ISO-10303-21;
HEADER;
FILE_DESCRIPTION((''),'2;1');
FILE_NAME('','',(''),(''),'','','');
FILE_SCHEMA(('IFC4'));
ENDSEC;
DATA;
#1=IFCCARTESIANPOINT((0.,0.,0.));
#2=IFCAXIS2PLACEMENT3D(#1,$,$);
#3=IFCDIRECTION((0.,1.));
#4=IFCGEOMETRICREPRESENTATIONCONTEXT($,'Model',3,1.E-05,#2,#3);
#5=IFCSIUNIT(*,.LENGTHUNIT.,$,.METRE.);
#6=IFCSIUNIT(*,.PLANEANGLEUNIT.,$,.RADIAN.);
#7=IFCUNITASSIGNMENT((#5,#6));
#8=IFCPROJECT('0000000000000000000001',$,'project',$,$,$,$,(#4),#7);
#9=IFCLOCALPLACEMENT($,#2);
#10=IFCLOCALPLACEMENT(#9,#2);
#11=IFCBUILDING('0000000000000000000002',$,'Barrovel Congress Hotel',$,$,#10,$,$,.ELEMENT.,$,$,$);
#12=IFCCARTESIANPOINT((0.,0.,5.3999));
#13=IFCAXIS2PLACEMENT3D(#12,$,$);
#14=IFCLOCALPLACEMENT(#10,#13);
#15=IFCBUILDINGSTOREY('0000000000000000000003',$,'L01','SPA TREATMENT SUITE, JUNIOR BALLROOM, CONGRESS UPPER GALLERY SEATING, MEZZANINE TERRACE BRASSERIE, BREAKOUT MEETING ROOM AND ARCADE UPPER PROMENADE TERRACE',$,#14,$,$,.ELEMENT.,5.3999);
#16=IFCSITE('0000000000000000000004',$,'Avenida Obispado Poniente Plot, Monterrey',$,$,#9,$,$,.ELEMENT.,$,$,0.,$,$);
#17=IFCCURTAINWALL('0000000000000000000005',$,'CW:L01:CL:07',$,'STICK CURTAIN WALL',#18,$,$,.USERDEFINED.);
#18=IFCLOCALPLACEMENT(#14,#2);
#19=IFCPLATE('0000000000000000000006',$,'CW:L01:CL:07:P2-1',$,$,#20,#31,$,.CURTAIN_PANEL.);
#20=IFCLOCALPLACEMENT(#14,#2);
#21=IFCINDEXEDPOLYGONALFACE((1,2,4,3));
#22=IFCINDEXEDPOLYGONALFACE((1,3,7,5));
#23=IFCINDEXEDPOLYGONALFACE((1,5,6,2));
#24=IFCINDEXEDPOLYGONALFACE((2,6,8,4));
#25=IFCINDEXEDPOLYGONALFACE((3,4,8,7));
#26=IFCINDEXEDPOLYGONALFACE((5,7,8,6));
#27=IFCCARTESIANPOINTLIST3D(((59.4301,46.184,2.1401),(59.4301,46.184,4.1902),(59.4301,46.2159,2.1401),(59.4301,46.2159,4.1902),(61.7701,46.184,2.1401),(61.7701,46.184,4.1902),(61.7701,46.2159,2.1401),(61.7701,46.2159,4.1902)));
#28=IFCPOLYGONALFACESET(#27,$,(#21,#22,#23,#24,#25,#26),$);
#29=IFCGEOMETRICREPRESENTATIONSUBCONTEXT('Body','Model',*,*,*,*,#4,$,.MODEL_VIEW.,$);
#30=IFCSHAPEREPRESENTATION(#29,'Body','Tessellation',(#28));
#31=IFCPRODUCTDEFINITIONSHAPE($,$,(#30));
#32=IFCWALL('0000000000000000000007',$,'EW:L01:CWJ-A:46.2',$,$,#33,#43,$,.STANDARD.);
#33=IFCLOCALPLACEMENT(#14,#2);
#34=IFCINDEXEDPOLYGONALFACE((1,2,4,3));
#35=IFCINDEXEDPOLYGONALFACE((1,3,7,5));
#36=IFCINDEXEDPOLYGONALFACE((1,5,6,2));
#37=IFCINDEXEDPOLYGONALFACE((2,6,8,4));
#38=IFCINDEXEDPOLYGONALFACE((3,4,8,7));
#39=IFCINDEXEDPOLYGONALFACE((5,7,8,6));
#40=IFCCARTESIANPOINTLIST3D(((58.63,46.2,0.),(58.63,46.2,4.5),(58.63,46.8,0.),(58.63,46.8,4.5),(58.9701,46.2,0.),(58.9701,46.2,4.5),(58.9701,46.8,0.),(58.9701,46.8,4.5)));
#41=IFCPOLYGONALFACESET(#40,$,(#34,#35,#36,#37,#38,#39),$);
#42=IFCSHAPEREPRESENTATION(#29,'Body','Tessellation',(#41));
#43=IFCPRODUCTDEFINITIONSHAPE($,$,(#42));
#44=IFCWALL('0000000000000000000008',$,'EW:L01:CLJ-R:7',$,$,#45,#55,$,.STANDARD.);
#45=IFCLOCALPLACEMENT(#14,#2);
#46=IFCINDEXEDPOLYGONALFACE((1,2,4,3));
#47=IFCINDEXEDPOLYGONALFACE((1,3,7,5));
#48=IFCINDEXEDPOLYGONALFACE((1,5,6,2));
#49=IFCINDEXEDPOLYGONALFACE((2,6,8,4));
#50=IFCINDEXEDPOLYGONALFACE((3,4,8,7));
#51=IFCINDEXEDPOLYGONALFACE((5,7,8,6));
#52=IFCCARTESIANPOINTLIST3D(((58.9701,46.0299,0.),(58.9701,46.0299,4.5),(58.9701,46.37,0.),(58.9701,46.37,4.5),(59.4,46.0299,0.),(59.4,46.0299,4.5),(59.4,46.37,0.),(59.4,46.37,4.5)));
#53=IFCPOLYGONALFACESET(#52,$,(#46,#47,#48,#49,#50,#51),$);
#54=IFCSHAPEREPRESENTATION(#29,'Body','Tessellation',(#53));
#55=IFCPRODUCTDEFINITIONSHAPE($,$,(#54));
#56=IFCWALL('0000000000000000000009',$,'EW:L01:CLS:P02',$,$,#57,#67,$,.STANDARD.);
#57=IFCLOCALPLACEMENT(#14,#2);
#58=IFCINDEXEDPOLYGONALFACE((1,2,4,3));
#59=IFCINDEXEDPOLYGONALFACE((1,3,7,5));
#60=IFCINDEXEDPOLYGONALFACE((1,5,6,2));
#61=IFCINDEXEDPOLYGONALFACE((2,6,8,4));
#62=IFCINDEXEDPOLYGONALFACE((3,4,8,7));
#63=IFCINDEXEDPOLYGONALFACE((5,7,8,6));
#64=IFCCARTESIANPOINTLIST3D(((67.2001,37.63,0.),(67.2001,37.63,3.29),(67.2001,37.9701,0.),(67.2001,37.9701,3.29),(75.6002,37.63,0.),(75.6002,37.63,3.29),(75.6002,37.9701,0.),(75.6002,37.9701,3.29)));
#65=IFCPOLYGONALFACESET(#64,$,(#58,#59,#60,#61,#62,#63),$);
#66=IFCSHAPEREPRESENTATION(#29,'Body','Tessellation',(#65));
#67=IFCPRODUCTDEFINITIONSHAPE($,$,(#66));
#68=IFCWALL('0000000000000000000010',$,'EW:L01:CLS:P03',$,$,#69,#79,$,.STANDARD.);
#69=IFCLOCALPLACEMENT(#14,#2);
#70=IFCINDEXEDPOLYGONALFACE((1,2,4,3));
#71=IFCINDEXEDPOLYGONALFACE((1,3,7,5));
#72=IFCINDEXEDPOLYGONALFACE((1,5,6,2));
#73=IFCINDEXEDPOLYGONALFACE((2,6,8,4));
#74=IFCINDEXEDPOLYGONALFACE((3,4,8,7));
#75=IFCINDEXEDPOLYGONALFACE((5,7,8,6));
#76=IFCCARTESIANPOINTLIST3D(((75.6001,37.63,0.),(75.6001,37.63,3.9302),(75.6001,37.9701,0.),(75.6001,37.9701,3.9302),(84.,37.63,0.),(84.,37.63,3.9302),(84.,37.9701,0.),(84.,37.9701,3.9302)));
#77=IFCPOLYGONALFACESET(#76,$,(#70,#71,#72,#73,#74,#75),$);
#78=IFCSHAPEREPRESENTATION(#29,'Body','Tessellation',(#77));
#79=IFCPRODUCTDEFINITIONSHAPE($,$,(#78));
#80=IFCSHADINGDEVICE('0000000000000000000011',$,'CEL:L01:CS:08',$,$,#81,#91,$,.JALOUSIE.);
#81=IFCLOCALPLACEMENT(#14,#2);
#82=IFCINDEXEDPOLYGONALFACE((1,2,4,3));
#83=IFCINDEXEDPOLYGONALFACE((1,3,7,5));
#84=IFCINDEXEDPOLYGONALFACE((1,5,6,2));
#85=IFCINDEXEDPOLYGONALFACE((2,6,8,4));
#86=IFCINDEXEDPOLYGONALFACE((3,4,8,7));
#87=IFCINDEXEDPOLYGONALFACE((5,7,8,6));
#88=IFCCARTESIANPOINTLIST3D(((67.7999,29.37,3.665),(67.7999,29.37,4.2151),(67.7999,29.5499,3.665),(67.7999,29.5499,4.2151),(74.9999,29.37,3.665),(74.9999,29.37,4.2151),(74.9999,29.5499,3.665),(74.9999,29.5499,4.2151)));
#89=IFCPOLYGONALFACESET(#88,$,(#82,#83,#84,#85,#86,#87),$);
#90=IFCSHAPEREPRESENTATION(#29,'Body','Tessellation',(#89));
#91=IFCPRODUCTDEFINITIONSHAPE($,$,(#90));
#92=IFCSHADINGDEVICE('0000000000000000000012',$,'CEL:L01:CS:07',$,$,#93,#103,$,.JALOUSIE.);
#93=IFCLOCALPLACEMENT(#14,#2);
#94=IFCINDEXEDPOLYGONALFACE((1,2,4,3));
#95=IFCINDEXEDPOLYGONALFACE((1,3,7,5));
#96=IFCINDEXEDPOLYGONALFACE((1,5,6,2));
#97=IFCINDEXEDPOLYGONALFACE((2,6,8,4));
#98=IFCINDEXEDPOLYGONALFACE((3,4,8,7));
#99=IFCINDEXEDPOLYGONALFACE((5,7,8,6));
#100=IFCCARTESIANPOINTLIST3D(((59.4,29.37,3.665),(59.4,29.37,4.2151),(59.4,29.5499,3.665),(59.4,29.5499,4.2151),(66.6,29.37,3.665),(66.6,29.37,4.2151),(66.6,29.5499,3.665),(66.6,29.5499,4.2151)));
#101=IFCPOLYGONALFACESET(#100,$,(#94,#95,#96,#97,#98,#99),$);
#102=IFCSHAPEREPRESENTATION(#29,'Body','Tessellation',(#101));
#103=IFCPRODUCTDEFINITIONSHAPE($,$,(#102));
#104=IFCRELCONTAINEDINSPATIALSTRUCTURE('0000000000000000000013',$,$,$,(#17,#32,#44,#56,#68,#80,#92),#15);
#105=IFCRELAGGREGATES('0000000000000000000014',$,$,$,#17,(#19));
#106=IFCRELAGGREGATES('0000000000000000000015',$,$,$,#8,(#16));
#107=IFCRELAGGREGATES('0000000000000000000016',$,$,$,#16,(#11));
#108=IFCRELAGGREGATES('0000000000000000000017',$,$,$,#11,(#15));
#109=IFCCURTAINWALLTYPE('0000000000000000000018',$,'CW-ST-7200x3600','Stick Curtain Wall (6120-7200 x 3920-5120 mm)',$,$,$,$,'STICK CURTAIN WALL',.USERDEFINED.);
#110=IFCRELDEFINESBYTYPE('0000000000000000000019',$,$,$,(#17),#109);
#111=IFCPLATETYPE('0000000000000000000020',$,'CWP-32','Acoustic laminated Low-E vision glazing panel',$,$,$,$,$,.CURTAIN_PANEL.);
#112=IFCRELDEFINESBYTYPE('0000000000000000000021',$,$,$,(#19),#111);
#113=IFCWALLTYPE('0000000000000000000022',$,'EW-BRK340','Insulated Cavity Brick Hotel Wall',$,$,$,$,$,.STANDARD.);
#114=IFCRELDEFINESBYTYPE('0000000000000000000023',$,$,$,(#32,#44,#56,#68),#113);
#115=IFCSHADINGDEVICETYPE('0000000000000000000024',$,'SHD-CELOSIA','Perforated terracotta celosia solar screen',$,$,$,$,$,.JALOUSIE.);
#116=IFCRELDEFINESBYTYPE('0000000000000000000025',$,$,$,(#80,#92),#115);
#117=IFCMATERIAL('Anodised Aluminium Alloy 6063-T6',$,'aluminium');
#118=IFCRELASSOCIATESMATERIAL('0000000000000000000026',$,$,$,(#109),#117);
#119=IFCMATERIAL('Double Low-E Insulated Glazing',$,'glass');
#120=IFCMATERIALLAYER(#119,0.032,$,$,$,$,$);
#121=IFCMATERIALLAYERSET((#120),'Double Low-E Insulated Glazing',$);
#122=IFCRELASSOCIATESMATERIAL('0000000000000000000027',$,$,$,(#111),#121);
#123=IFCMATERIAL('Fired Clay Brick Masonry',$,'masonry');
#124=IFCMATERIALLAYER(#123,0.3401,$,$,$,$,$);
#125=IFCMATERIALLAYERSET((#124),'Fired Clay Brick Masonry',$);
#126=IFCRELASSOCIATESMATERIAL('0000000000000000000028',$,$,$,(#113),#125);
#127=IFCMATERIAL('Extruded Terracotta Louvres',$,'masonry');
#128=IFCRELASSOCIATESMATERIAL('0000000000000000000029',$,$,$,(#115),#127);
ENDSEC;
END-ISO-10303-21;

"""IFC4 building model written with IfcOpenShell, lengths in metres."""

from ifc_helpers import new_model, si_unit, direction, frame, frame_2d, origin, origin_2d, place, context, subcontext, project, spatial, rectangle, extrude, material, layer, layer_set, type_object, element, aggregate, save


model = new_model("IFC4")

# Units and contexts
model_context = context("Model", 3, precision=1e-05, world=origin(), true_north=direction((0.0, 1.0)))
body_context = subcontext(model_context, "Body", "Model", "MODEL_VIEW")
ifc_project = project(units=[si_unit("LENGTHUNIT", "METRE"), si_unit("PLANEANGLEUNIT", "RADIAN")], contexts=[model_context])

# Site, building, storey
site_placement = place(None, origin())
site = spatial("IfcSite", under=ifc_project, at=site_placement, Name="Avenida Obispado Poniente Plot, Monterrey", CompositionType="ELEMENT", RefElevation=0.0)
building_placement = place(site_placement, origin())
building = spatial("IfcBuilding", under=site, at=building_placement, Name="Barrovel Congress Hotel", CompositionType="ELEMENT")
storey_placement = place(building_placement, frame((0.0, 0.0, 5.3999)))
storey = spatial("IfcBuildingStorey", under=building, at=storey_placement, Name="L01", Description="SPA TREATMENT SUITE, JUNIOR BALLROOM, CONGRESS UPPER GALLERY SEATING, MEZZANINE TERRACE BRASSERIE, BREAKOUT MEETING ROOM AND ARCADE UPPER PROMENADE TERRACE", CompositionType="ELEMENT", Elevation=5.3999)

# Curtain wall
ifc_material_1 = material(Name="Anodised Aluminium Alloy 6063-T6", Category="aluminium")
curtain_wall_type = type_object("IfcCurtainWallType", Name="CW-ST-7200x3600", Description="Stick Curtain Wall (6120-7200 x 3920-5120 mm)", ElementType="STICK CURTAIN WALL", PredefinedType="USERDEFINED", material=ifc_material_1)
curtain_wall_placement = place(storey_placement, origin())
curtain_wall = element("IfcCurtainWall", 1, at=curtain_wall_placement, inside=storey, type_object=curtain_wall_type, Name="CW:L01:CL:07", ObjectType="STICK CURTAIN WALL", PredefinedType="USERDEFINED")

# Plate
ifc_material_2 = material(Name="Double Low-E Insulated Glazing", Category="glass")
ifc_layer_1 = layer(ifc_material_2, 0.032)
ifc_layer_set_1 = layer_set([ifc_layer_1], Name="Double Low-E Insulated Glazing")
plate_type = type_object("IfcPlateType", Name="CWP-32", Description="Acoustic laminated Low-E vision glazing panel", PredefinedType="CURTAIN_PANEL", material=ifc_layer_set_1)
plate_1_placement = place(storey_placement, frame((60.6001, 46.2, 2.1401), z_axis=(0.0, 0.0, 1.0), x_axis=(-1.0, 0.0, 0.0)))
plate_1 = element("IfcPlate", 2, at=plate_1_placement, type_object=plate_type, Name="CW:L01:CL:07:P2-1", PredefinedType="CURTAIN_PANEL", context=body_context, shape_type="SweptSolid", body=[
    extrude(rectangle(XDim=2.3401, YDim=0.032, at=origin_2d()), origin(), (0.0, 0.0, 1.0), 2.05),
])
aggregate(curtain_wall, [plate_1])

# Walls
ifc_material_3 = material(Name="Fired Clay Brick Masonry", Category="masonry")
ifc_layer_2 = layer(ifc_material_3, 0.3401)
ifc_layer_set_2 = layer_set([ifc_layer_2], Name="Fired Clay Brick Masonry")
wall_type = type_object("IfcWallType", Name="EW-BRK340", Description="Insulated Cavity Brick Hotel Wall", PredefinedType="STANDARD", material=ifc_layer_set_2)
wall_1_placement = place(storey_placement, frame((58.8, 46.2, 0.0), z_axis=(0.0, 0.0, 1.0), x_axis=(0.0, 1.0, 0.0)))
element("IfcWall", 3, at=wall_1_placement, inside=storey, type_object=wall_type, Name="EW:L01:CWJ-A:46.2", PredefinedType="STANDARD", context=body_context, shape_type="SweptSolid", body=[
    extrude(rectangle(XDim=0.6001, YDim=0.3401, at=frame_2d((0.3, 0.0))), origin(), (0.0, 0.0, 1.0), 4.5),
])
wall_2_placement = place(storey_placement, frame((59.3999, 46.2, 0.0), z_axis=(0.0, 0.0, 1.0), x_axis=(-1.0, 0.0, 0.0)))
element("IfcWall", 4, at=wall_2_placement, inside=storey, type_object=wall_type, Name="EW:L01:CLJ-R:7", PredefinedType="STANDARD", context=body_context, shape_type="SweptSolid", body=[
    extrude(rectangle(XDim=0.4299, YDim=0.3401, at=frame_2d((0.2148, 0.0))), origin(), (0.0, 0.0, 1.0), 4.5),
])
wall_3_placement = place(storey_placement, frame((67.2, 37.8, 0.0), z_axis=(0.0, 0.0, 1.0), x_axis=(1.0, 0.0, 0.0)))
element("IfcWall", 5, at=wall_3_placement, inside=storey, type_object=wall_type, Name="EW:L01:CLS:P02", PredefinedType="STANDARD", context=body_context, shape_type="SweptSolid", body=[
    extrude(rectangle(XDim=8.4001, YDim=0.3401, at=frame_2d((4.2002, 0.0))), origin(), (0.0, 0.0, 1.0), 3.29),
])
wall_4_placement = place(storey_placement, frame((75.6001, 37.8, 0.0), z_axis=(0.0, 0.0, 1.0), x_axis=(1.0, 0.0, 0.0)))
element("IfcWall", 6, at=wall_4_placement, inside=storey, type_object=wall_type, Name="EW:L01:CLS:P03", PredefinedType="STANDARD", context=body_context, shape_type="SweptSolid", body=[
    extrude(rectangle(XDim=8.3999, YDim=0.3401, at=frame_2d((4.2, 0.0))), origin(), (0.0, 0.0, 1.0), 3.9302),
])

# Shading devices
ifc_material_4 = material(Name="Extruded Terracotta Louvres", Category="masonry")
shading_device_type = type_object("IfcShadingDeviceType", Name="SHD-CELOSIA", Description="Perforated terracotta celosia solar screen", PredefinedType="JALOUSIE", material=ifc_material_4)
for number, where, z_axis, x_axis, name in (
    (7, (71.3999, 29.46, 3.665), (0.0, 0.0, 1.0), (1.0, 0.0, 0.0), "CEL:L01:CS:08"),
    (8, (63.0, 29.46, 3.665), (0.0, 0.0, 1.0), (1.0, 0.0, 0.0), "CEL:L01:CS:07"),
):
    element("IfcShadingDevice", number, at=place(storey_placement, frame(where, z_axis=z_axis, x_axis=x_axis)), inside=storey, type_object=shading_device_type, Name=name, PredefinedType="JALOUSIE", context=body_context, shape_type="SweptSolid", body=[
        extrude(rectangle(XDim=7.2, YDim=0.1799, at=origin_2d()), origin(), (0.0, 0.0, 1.0), 0.55),
    ])

save(model, "model.ifc")
